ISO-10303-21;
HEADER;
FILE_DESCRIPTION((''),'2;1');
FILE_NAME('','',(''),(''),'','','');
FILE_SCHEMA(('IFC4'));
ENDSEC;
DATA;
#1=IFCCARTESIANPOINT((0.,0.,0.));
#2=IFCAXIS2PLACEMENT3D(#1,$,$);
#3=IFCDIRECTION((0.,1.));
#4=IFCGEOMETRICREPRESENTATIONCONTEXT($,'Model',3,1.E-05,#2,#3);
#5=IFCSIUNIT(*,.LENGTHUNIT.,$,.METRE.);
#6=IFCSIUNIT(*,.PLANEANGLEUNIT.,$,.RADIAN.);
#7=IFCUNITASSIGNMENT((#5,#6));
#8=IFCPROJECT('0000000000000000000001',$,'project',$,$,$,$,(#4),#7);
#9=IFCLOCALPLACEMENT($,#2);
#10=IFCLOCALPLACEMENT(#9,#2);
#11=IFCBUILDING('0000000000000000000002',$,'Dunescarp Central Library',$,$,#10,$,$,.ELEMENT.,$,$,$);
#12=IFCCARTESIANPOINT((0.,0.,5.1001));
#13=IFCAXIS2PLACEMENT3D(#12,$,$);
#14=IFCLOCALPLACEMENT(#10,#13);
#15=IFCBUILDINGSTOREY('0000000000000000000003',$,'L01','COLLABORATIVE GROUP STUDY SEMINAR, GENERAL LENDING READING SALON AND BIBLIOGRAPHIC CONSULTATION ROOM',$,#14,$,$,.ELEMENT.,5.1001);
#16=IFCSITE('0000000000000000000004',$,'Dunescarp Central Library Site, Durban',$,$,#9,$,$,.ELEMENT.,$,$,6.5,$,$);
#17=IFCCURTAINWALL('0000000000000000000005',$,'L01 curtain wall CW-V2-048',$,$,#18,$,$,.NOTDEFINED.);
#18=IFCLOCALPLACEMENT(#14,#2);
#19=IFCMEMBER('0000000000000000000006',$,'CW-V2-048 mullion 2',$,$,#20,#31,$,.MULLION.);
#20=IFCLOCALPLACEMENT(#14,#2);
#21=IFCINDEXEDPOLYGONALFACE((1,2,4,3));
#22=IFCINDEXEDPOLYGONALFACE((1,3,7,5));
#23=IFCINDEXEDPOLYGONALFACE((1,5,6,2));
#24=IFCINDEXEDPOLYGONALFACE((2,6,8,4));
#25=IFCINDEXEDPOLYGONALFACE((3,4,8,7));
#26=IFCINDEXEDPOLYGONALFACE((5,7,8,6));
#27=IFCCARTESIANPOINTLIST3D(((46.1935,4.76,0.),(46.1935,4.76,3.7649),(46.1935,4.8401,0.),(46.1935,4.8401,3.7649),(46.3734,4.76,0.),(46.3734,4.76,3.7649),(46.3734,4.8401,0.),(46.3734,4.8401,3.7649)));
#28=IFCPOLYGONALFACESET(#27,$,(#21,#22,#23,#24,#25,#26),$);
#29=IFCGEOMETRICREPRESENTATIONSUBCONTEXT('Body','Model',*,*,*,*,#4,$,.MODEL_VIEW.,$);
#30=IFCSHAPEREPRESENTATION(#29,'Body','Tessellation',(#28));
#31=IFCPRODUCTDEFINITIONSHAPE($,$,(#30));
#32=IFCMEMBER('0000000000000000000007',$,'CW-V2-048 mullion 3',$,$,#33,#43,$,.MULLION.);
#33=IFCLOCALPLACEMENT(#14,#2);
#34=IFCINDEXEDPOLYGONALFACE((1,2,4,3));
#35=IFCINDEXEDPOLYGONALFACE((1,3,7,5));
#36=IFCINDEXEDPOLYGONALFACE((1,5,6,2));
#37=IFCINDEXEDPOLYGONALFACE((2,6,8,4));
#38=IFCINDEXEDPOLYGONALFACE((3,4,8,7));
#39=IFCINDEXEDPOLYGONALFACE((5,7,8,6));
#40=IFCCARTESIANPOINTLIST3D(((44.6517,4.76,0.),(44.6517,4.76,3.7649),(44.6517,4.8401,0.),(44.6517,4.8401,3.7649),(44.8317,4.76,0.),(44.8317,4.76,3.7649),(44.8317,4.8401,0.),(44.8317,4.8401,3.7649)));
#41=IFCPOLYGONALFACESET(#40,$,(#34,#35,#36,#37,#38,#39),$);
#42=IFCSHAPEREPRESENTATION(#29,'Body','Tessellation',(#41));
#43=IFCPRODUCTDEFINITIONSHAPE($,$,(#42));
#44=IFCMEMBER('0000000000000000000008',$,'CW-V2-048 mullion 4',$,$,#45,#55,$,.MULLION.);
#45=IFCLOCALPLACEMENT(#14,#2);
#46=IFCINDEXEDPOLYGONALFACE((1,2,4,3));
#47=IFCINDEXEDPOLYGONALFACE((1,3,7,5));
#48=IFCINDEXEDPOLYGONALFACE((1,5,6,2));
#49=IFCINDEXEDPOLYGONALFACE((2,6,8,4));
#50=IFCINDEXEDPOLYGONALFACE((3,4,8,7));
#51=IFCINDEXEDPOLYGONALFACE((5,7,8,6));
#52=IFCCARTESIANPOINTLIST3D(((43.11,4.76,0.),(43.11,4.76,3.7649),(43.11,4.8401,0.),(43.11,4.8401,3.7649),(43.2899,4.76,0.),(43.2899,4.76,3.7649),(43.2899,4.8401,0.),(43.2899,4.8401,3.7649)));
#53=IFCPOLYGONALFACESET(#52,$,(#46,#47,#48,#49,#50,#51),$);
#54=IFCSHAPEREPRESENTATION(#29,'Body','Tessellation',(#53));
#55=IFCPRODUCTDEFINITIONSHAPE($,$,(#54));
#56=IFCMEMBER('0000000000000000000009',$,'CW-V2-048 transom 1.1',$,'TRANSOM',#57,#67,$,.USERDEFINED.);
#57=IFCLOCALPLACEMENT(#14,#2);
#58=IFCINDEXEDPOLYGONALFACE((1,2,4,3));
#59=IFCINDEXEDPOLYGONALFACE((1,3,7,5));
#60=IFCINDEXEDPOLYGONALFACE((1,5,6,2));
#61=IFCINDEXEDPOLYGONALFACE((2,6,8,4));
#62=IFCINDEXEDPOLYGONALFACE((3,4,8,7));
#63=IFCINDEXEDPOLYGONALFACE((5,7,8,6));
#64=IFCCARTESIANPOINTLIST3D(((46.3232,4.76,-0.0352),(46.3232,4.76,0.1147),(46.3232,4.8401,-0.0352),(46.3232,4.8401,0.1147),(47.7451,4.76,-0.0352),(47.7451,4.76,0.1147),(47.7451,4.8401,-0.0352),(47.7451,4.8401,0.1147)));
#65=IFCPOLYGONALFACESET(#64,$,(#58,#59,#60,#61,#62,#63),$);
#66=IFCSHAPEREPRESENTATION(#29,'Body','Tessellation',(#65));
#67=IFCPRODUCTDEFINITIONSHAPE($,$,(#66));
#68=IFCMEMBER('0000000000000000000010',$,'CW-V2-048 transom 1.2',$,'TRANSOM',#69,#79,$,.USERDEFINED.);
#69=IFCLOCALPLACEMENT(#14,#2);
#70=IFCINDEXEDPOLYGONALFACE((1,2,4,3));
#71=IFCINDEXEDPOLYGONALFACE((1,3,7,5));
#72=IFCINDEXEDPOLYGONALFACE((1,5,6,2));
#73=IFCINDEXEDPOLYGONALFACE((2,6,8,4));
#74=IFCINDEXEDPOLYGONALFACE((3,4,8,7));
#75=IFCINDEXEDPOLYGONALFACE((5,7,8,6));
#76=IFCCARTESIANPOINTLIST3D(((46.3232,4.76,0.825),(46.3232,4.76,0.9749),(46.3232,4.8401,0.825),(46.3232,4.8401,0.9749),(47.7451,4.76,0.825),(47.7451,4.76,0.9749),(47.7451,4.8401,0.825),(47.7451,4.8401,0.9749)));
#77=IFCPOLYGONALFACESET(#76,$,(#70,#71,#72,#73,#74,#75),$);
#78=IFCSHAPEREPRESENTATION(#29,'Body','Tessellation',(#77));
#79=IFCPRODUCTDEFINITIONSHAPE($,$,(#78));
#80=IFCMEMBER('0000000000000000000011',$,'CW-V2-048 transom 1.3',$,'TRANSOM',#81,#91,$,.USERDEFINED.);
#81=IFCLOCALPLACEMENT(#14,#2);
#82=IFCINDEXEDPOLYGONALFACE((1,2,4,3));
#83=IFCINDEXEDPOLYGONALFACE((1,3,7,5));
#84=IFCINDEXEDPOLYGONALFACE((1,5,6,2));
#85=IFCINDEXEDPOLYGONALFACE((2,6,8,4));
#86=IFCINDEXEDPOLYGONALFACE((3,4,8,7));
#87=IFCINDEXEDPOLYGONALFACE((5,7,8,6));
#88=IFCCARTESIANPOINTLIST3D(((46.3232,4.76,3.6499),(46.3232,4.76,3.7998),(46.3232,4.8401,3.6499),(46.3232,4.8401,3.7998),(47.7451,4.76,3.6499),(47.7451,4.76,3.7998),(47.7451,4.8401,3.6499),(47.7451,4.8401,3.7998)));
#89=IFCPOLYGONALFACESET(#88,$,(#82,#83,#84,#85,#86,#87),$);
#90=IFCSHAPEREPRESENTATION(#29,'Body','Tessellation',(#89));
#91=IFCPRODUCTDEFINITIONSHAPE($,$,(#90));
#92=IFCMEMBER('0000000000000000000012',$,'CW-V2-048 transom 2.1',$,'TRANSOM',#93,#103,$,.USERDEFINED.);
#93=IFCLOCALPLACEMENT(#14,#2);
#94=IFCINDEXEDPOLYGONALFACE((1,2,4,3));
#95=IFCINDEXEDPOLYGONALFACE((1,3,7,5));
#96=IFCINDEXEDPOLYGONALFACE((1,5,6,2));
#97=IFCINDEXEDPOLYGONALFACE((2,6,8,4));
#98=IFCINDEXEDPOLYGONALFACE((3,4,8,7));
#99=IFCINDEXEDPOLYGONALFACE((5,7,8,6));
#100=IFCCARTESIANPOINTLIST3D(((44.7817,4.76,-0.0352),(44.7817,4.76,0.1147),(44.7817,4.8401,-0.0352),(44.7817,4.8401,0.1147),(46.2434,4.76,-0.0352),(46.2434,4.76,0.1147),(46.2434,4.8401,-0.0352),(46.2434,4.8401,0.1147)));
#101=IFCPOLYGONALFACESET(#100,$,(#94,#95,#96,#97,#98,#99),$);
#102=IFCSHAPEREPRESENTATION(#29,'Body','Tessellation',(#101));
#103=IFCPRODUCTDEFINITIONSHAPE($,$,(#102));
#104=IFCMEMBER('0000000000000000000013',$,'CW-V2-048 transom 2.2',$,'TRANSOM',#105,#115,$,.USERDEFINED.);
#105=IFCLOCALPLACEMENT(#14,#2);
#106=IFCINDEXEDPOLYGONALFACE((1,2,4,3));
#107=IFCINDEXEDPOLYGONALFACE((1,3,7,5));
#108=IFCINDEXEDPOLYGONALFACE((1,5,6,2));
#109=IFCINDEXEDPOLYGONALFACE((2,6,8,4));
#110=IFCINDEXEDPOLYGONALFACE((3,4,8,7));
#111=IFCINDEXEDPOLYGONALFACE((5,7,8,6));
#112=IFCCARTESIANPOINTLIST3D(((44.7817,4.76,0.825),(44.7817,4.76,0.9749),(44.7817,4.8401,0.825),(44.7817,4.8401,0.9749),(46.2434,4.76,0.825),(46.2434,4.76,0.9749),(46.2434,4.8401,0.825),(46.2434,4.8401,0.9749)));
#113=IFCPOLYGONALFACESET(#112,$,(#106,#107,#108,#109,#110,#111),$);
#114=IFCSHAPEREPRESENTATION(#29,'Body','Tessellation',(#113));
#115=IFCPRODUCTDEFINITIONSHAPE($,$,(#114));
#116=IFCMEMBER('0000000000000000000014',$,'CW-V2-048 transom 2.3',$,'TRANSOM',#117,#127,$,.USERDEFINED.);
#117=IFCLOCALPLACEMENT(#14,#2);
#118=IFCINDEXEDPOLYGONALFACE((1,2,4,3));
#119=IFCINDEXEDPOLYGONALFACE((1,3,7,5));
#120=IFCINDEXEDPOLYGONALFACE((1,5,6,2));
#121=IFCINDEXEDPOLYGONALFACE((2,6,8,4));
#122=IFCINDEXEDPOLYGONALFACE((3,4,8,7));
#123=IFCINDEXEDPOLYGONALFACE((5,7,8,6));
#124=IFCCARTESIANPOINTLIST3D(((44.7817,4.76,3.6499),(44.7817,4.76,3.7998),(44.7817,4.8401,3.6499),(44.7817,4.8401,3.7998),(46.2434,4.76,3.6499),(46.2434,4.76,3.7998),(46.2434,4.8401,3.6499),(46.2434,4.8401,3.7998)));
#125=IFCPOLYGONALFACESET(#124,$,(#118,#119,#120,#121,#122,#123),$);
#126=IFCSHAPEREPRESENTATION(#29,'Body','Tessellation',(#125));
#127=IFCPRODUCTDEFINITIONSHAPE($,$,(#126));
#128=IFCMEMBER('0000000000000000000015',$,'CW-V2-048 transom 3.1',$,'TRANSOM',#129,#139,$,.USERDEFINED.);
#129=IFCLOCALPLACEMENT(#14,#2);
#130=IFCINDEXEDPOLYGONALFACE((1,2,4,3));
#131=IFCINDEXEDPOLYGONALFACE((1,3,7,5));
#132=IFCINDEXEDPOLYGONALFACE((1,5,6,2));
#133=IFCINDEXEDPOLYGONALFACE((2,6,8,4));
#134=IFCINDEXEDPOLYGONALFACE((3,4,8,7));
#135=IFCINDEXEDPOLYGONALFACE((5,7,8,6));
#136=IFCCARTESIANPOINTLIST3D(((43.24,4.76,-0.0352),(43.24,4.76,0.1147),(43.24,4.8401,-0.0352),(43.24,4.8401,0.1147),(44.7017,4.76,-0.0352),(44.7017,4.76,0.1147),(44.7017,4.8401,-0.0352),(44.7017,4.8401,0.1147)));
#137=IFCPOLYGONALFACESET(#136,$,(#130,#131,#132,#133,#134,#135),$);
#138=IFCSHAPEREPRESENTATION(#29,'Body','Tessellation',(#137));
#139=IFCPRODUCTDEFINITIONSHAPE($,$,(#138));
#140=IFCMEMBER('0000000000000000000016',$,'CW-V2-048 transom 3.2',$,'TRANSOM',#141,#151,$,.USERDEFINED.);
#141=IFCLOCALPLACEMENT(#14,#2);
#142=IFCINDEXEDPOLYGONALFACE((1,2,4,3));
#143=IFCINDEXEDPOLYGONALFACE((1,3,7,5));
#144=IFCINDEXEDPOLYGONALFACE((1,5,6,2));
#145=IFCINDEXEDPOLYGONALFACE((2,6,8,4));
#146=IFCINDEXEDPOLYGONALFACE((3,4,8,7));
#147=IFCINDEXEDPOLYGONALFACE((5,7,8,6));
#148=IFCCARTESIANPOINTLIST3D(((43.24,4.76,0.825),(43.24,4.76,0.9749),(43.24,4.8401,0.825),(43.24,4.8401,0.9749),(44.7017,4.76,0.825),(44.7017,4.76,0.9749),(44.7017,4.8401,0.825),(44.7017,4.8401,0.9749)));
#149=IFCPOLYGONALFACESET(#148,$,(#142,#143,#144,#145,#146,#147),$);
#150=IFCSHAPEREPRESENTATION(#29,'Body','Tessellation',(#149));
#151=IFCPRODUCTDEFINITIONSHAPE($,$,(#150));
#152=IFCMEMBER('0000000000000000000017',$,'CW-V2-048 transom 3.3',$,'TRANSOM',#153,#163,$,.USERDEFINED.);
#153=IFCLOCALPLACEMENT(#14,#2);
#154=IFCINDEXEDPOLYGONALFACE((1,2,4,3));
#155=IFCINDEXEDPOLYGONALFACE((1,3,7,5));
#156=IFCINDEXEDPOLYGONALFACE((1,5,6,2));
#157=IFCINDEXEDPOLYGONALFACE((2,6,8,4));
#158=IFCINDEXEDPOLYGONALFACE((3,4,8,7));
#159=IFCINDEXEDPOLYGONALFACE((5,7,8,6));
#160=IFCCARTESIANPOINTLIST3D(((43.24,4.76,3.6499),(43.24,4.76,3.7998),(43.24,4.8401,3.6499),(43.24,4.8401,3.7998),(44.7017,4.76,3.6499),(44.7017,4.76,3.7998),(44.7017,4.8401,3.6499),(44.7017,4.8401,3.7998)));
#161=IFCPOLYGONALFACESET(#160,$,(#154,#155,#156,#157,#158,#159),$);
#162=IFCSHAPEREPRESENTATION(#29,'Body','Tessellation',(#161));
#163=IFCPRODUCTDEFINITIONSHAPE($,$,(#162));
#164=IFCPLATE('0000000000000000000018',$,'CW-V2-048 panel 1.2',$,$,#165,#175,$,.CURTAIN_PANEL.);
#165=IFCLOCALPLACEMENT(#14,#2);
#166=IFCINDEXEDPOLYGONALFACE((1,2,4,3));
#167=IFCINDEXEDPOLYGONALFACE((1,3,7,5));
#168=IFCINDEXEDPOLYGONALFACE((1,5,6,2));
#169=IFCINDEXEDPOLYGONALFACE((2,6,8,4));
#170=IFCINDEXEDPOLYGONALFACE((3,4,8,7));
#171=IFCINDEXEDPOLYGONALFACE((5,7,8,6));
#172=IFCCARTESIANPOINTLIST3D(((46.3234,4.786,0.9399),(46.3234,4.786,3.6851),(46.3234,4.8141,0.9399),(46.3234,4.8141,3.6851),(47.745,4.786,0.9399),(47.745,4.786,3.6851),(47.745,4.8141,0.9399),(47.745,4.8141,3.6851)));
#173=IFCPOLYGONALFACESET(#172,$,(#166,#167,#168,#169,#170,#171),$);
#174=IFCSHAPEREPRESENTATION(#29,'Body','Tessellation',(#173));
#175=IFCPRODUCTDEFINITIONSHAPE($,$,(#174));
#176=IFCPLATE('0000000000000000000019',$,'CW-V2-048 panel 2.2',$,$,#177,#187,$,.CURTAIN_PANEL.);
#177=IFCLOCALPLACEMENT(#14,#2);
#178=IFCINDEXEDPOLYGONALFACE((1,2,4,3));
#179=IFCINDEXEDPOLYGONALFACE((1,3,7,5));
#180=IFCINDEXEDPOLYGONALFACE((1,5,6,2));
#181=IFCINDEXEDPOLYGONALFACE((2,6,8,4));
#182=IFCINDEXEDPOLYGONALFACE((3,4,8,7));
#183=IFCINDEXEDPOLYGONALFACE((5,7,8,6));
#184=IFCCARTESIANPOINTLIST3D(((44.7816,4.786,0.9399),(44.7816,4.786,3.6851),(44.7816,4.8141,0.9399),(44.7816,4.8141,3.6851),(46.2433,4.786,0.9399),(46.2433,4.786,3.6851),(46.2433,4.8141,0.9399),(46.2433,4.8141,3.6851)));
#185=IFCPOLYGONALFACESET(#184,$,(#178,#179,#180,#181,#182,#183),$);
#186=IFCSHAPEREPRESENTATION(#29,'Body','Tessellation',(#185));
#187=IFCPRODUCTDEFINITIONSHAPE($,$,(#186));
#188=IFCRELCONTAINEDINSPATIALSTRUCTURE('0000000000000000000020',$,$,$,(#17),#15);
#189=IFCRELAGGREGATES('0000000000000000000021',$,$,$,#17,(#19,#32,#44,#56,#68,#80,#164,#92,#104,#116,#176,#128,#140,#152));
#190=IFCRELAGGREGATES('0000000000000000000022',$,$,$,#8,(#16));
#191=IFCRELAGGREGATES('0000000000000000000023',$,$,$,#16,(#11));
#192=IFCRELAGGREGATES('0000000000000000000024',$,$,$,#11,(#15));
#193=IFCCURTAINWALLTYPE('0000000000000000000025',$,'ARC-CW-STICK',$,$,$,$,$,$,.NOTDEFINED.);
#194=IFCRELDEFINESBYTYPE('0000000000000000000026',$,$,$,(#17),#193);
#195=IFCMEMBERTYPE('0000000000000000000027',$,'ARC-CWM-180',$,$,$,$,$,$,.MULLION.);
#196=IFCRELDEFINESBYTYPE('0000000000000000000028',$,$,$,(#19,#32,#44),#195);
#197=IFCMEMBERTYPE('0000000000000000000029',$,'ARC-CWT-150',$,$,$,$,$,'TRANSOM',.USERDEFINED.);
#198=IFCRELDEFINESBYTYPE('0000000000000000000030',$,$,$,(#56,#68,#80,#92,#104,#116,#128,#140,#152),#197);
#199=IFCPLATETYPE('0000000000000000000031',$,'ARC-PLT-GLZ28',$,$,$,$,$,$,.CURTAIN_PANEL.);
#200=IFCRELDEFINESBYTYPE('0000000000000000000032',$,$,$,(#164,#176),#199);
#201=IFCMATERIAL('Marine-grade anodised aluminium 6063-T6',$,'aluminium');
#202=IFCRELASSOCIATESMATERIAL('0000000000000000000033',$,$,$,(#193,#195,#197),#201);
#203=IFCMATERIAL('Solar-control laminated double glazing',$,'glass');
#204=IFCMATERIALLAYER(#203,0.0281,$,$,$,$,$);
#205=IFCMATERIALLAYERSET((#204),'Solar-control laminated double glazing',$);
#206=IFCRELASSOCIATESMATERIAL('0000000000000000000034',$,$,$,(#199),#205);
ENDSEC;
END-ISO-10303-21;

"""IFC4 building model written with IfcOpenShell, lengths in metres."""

from ifc_helpers import new_model, si_unit, direction, frame, origin, origin_2d, place, context, subcontext, project, spatial, rectangle, extrude, material, layer, layer_set, material_profile, profile_set, type_object, element, aggregate, save


model = new_model("IFC4")

# Units and contexts
model_context = context("Model", 3, precision=1e-05, world=origin(), true_north=direction((0.0, 1.0)))
body_context = subcontext(model_context, "Body", "Model", "MODEL_VIEW")
ifc_project = project(units=[si_unit("LENGTHUNIT", "METRE"), si_unit("PLANEANGLEUNIT", "RADIAN")], contexts=[model_context])

# Site, building, storey
site_placement = place(None, origin())
site = spatial("IfcSite", under=ifc_project, at=site_placement, Name="Dunescarp Central Library Site, Durban", CompositionType="ELEMENT", RefElevation=6.5)
building_placement = place(site_placement, origin())
building = spatial("IfcBuilding", under=site, at=building_placement, Name="Dunescarp Central Library", CompositionType="ELEMENT")
storey_placement = place(building_placement, frame((0.0, 0.0, 5.1001)))
storey = spatial("IfcBuildingStorey", under=building, at=storey_placement, Name="L01", Description="COLLABORATIVE GROUP STUDY SEMINAR, GENERAL LENDING READING SALON AND BIBLIOGRAPHIC CONSULTATION ROOM", CompositionType="ELEMENT", Elevation=5.1001)

# Curtain wall, members, plates
ifc_material_1 = material(Name="Marine-grade anodised aluminium 6063-T6", Category="aluminium")
curtain_wall_type = type_object("IfcCurtainWallType", Name="ARC-CW-STICK", PredefinedType="NOTDEFINED", material=ifc_material_1)
curtain_wall_placement = place(storey_placement, origin())
curtain_wall = element("IfcCurtainWall", 1, at=curtain_wall_placement, inside=storey, type_object=curtain_wall_type, Name="L01 curtain wall CW-V2-048", PredefinedType="NOTDEFINED")
ifc_material_profile_1 = material_profile(ifc_material_1, rectangle(XDim=0.0801, YDim=0.1799, at=origin_2d()), Name="AL 80x180")
ifc_profile_set_1 = profile_set([ifc_material_profile_1], Name="Marine-grade anodised aluminium 6063-T6")
member_type_1 = type_object("IfcMemberType", Name="ARC-CWM-180", PredefinedType="MULLION", material=ifc_profile_set_1)
member_1_placement = place(storey_placement, frame((46.2834, 4.8, 0.0), z_axis=(0.0, 0.0, 1.0), x_axis=(0.0, -1.0, 0.0)))
member_1 = element("IfcMember", 2, at=member_1_placement, type_object=member_type_1, Name="CW-V2-048 mullion 2", PredefinedType="MULLION", context=body_context, shape_type="SweptSolid", body=[
    extrude(rectangle(XDim=0.0801, YDim=0.1799, at=origin_2d()), origin(), (0.0, 0.0, 1.0), 3.7649),
])
member_2_placement = place(storey_placement, frame((44.7417, 4.8, 0.0), z_axis=(0.0, 0.0, 1.0), x_axis=(0.0, -1.0, 0.0)))
member_2 = element("IfcMember", 3, at=member_2_placement, type_object=member_type_1, Name="CW-V2-048 mullion 3", PredefinedType="MULLION", context=body_context, shape_type="SweptSolid", body=[
    extrude(rectangle(XDim=0.0801, YDim=0.1799, at=origin_2d()), origin(), (0.0, 0.0, 1.0), 3.7649),
])
member_3_placement = place(storey_placement, frame((43.2, 4.8, 0.0), z_axis=(0.0, 0.0, 1.0), x_axis=(0.0, -1.0, 0.0)))
member_3 = element("IfcMember", 4, at=member_3_placement, type_object=member_type_1, Name="CW-V2-048 mullion 4", PredefinedType="MULLION", context=body_context, shape_type="SweptSolid", body=[
    extrude(rectangle(XDim=0.0801, YDim=0.1799, at=origin_2d()), origin(), (0.0, 0.0, 1.0), 3.7649),
])
ifc_material_profile_2 = material_profile(ifc_material_1, rectangle(XDim=0.0801, YDim=0.1499, at=origin_2d()), Name="AL 80x150")
ifc_profile_set_2 = profile_set([ifc_material_profile_2], Name="Marine-grade anodised aluminium 6063-T6")
member_type_2 = type_object("IfcMemberType", Name="ARC-CWT-150", ElementType="TRANSOM", PredefinedType="USERDEFINED", material=ifc_profile_set_2)
member_4_placement = place(storey_placement, frame((47.7451, 4.8, 0.0398), z_axis=(-1.0, 0.0, 0.0), x_axis=(0.0, -1.0, 0.0)))
member_4 = element("IfcMember", 5, at=member_4_placement, type_object=member_type_2, Name="CW-V2-048 transom 1.1", ObjectType="TRANSOM", PredefinedType="USERDEFINED", context=body_context, shape_type="SweptSolid", body=[
    extrude(rectangle(XDim=0.0801, YDim=0.1499, at=origin_2d()), origin(), (0.0, 0.0, 1.0), 1.4219),
])
member_5_placement = place(storey_placement, frame((47.7451, 4.8, 0.8999), z_axis=(-1.0, 0.0, 0.0), x_axis=(0.0, -1.0, 0.0)))
member_5 = element("IfcMember", 6, at=member_5_placement, type_object=member_type_2, Name="CW-V2-048 transom 1.2", ObjectType="TRANSOM", PredefinedType="USERDEFINED", context=body_context, shape_type="SweptSolid", body=[
    extrude(rectangle(XDim=0.0801, YDim=0.1499, at=origin_2d()), origin(), (0.0, 0.0, 1.0), 1.4219),
])
member_6_placement = place(storey_placement, frame((47.7451, 4.8, 3.7249), z_axis=(-1.0, 0.0, 0.0), x_axis=(0.0, -1.0, 0.0)))
member_6 = element("IfcMember", 7, at=member_6_placement, type_object=member_type_2, Name="CW-V2-048 transom 1.3", ObjectType="TRANSOM", PredefinedType="USERDEFINED", context=body_context, shape_type="SweptSolid", body=[
    extrude(rectangle(XDim=0.0801, YDim=0.1499, at=origin_2d()), origin(), (0.0, 0.0, 1.0), 1.4219),
])
member_7_placement = place(storey_placement, frame((46.2434, 4.8, 0.0398), z_axis=(-1.0, 0.0, 0.0), x_axis=(0.0, -1.0, 0.0)))
member_7 = element("IfcMember", 8, at=member_7_placement, type_object=member_type_2, Name="CW-V2-048 transom 2.1", ObjectType="TRANSOM", PredefinedType="USERDEFINED", context=body_context, shape_type="SweptSolid", body=[
    extrude(rectangle(XDim=0.0801, YDim=0.1499, at=origin_2d()), origin(), (0.0, 0.0, 1.0), 1.4617),
])
member_8_placement = place(storey_placement, frame((46.2434, 4.8, 0.8999), z_axis=(-1.0, 0.0, 0.0), x_axis=(0.0, -1.0, 0.0)))
member_8 = element("IfcMember", 9, at=member_8_placement, type_object=member_type_2, Name="CW-V2-048 transom 2.2", ObjectType="TRANSOM", PredefinedType="USERDEFINED", context=body_context, shape_type="SweptSolid", body=[
    extrude(rectangle(XDim=0.0801, YDim=0.1499, at=origin_2d()), origin(), (0.0, 0.0, 1.0), 1.4617),
])
member_9_placement = place(storey_placement, frame((46.2434, 4.8, 3.7249), z_axis=(-1.0, 0.0, 0.0), x_axis=(0.0, -1.0, 0.0)))
member_9 = element("IfcMember", 10, at=member_9_placement, type_object=member_type_2, Name="CW-V2-048 transom 2.3", ObjectType="TRANSOM", PredefinedType="USERDEFINED", context=body_context, shape_type="SweptSolid", body=[
    extrude(rectangle(XDim=0.0801, YDim=0.1499, at=origin_2d()), origin(), (0.0, 0.0, 1.0), 1.4617),
])
member_10_placement = place(storey_placement, frame((44.7017, 4.8, 0.0398), z_axis=(-1.0, 0.0, 0.0), x_axis=(0.0, -1.0, 0.0)))
member_10 = element("IfcMember", 11, at=member_10_placement, type_object=member_type_2, Name="CW-V2-048 transom 3.1", ObjectType="TRANSOM", PredefinedType="USERDEFINED", context=body_context, shape_type="SweptSolid", body=[
    extrude(rectangle(XDim=0.0801, YDim=0.1499, at=origin_2d()), origin(), (0.0, 0.0, 1.0), 1.4617),
])
member_11_placement = place(storey_placement, frame((44.7017, 4.8, 0.8999), z_axis=(-1.0, 0.0, 0.0), x_axis=(0.0, -1.0, 0.0)))
member_11 = element("IfcMember", 12, at=member_11_placement, type_object=member_type_2, Name="CW-V2-048 transom 3.2", ObjectType="TRANSOM", PredefinedType="USERDEFINED", context=body_context, shape_type="SweptSolid", body=[
    extrude(rectangle(XDim=0.0801, YDim=0.1499, at=origin_2d()), origin(), (0.0, 0.0, 1.0), 1.4617),
])
member_12_placement = place(storey_placement, frame((44.7017, 4.8, 3.7249), z_axis=(-1.0, 0.0, 0.0), x_axis=(0.0, -1.0, 0.0)))
member_12 = element("IfcMember", 13, at=member_12_placement, type_object=member_type_2, Name="CW-V2-048 transom 3.3", ObjectType="TRANSOM", PredefinedType="USERDEFINED", context=body_context, shape_type="SweptSolid", body=[
    extrude(rectangle(XDim=0.0801, YDim=0.1499, at=origin_2d()), origin(), (0.0, 0.0, 1.0), 1.4617),
])
ifc_material_2 = material(Name="Solar-control laminated double glazing", Category="glass")
ifc_layer_1 = layer(ifc_material_2, 0.0281)
ifc_layer_set_1 = layer_set([ifc_layer_1], Name="Solar-control laminated double glazing")
plate_type_1 = type_object("IfcPlateType", Name="ARC-PLT-GLZ28", PredefinedType="CURTAIN_PANEL", material=ifc_layer_set_1)
plate_1_placement = place(storey_placement, frame((47.0342, 4.8, 0.9399), z_axis=(0.0, 0.0, 1.0), x_axis=(-1.0, 0.0, 0.0)))
plate_1 = element("IfcPlate", 14, at=plate_1_placement, type_object=plate_type_1, Name="CW-V2-048 panel 1.2", PredefinedType="CURTAIN_PANEL", context=body_context, shape_type="SweptSolid", body=[
    extrude(rectangle(XDim=1.4216, YDim=0.0281, at=origin_2d()), origin(), (0.0, 0.0, 1.0), 2.7451),
])
plate_2_placement = place(storey_placement, frame((45.5125, 4.8, 0.9399), z_axis=(0.0, 0.0, 1.0), x_axis=(-1.0, 0.0, 0.0)))
plate_2 = element("IfcPlate", 15, at=plate_2_placement, type_object=plate_type_1, Name="CW-V2-048 panel 2.2", PredefinedType="CURTAIN_PANEL", context=body_context, shape_type="SweptSolid", body=[
    extrude(rectangle(XDim=1.4617, YDim=0.0281, at=origin_2d()), origin(), (0.0, 0.0, 1.0), 2.7451),
])
aggregate(curtain_wall, [member_1, member_2, member_3, member_4, member_5, member_6, plate_1, member_7, member_8, member_9, plate_2, member_10, member_11, member_12])

save(model, "model.ifc")
